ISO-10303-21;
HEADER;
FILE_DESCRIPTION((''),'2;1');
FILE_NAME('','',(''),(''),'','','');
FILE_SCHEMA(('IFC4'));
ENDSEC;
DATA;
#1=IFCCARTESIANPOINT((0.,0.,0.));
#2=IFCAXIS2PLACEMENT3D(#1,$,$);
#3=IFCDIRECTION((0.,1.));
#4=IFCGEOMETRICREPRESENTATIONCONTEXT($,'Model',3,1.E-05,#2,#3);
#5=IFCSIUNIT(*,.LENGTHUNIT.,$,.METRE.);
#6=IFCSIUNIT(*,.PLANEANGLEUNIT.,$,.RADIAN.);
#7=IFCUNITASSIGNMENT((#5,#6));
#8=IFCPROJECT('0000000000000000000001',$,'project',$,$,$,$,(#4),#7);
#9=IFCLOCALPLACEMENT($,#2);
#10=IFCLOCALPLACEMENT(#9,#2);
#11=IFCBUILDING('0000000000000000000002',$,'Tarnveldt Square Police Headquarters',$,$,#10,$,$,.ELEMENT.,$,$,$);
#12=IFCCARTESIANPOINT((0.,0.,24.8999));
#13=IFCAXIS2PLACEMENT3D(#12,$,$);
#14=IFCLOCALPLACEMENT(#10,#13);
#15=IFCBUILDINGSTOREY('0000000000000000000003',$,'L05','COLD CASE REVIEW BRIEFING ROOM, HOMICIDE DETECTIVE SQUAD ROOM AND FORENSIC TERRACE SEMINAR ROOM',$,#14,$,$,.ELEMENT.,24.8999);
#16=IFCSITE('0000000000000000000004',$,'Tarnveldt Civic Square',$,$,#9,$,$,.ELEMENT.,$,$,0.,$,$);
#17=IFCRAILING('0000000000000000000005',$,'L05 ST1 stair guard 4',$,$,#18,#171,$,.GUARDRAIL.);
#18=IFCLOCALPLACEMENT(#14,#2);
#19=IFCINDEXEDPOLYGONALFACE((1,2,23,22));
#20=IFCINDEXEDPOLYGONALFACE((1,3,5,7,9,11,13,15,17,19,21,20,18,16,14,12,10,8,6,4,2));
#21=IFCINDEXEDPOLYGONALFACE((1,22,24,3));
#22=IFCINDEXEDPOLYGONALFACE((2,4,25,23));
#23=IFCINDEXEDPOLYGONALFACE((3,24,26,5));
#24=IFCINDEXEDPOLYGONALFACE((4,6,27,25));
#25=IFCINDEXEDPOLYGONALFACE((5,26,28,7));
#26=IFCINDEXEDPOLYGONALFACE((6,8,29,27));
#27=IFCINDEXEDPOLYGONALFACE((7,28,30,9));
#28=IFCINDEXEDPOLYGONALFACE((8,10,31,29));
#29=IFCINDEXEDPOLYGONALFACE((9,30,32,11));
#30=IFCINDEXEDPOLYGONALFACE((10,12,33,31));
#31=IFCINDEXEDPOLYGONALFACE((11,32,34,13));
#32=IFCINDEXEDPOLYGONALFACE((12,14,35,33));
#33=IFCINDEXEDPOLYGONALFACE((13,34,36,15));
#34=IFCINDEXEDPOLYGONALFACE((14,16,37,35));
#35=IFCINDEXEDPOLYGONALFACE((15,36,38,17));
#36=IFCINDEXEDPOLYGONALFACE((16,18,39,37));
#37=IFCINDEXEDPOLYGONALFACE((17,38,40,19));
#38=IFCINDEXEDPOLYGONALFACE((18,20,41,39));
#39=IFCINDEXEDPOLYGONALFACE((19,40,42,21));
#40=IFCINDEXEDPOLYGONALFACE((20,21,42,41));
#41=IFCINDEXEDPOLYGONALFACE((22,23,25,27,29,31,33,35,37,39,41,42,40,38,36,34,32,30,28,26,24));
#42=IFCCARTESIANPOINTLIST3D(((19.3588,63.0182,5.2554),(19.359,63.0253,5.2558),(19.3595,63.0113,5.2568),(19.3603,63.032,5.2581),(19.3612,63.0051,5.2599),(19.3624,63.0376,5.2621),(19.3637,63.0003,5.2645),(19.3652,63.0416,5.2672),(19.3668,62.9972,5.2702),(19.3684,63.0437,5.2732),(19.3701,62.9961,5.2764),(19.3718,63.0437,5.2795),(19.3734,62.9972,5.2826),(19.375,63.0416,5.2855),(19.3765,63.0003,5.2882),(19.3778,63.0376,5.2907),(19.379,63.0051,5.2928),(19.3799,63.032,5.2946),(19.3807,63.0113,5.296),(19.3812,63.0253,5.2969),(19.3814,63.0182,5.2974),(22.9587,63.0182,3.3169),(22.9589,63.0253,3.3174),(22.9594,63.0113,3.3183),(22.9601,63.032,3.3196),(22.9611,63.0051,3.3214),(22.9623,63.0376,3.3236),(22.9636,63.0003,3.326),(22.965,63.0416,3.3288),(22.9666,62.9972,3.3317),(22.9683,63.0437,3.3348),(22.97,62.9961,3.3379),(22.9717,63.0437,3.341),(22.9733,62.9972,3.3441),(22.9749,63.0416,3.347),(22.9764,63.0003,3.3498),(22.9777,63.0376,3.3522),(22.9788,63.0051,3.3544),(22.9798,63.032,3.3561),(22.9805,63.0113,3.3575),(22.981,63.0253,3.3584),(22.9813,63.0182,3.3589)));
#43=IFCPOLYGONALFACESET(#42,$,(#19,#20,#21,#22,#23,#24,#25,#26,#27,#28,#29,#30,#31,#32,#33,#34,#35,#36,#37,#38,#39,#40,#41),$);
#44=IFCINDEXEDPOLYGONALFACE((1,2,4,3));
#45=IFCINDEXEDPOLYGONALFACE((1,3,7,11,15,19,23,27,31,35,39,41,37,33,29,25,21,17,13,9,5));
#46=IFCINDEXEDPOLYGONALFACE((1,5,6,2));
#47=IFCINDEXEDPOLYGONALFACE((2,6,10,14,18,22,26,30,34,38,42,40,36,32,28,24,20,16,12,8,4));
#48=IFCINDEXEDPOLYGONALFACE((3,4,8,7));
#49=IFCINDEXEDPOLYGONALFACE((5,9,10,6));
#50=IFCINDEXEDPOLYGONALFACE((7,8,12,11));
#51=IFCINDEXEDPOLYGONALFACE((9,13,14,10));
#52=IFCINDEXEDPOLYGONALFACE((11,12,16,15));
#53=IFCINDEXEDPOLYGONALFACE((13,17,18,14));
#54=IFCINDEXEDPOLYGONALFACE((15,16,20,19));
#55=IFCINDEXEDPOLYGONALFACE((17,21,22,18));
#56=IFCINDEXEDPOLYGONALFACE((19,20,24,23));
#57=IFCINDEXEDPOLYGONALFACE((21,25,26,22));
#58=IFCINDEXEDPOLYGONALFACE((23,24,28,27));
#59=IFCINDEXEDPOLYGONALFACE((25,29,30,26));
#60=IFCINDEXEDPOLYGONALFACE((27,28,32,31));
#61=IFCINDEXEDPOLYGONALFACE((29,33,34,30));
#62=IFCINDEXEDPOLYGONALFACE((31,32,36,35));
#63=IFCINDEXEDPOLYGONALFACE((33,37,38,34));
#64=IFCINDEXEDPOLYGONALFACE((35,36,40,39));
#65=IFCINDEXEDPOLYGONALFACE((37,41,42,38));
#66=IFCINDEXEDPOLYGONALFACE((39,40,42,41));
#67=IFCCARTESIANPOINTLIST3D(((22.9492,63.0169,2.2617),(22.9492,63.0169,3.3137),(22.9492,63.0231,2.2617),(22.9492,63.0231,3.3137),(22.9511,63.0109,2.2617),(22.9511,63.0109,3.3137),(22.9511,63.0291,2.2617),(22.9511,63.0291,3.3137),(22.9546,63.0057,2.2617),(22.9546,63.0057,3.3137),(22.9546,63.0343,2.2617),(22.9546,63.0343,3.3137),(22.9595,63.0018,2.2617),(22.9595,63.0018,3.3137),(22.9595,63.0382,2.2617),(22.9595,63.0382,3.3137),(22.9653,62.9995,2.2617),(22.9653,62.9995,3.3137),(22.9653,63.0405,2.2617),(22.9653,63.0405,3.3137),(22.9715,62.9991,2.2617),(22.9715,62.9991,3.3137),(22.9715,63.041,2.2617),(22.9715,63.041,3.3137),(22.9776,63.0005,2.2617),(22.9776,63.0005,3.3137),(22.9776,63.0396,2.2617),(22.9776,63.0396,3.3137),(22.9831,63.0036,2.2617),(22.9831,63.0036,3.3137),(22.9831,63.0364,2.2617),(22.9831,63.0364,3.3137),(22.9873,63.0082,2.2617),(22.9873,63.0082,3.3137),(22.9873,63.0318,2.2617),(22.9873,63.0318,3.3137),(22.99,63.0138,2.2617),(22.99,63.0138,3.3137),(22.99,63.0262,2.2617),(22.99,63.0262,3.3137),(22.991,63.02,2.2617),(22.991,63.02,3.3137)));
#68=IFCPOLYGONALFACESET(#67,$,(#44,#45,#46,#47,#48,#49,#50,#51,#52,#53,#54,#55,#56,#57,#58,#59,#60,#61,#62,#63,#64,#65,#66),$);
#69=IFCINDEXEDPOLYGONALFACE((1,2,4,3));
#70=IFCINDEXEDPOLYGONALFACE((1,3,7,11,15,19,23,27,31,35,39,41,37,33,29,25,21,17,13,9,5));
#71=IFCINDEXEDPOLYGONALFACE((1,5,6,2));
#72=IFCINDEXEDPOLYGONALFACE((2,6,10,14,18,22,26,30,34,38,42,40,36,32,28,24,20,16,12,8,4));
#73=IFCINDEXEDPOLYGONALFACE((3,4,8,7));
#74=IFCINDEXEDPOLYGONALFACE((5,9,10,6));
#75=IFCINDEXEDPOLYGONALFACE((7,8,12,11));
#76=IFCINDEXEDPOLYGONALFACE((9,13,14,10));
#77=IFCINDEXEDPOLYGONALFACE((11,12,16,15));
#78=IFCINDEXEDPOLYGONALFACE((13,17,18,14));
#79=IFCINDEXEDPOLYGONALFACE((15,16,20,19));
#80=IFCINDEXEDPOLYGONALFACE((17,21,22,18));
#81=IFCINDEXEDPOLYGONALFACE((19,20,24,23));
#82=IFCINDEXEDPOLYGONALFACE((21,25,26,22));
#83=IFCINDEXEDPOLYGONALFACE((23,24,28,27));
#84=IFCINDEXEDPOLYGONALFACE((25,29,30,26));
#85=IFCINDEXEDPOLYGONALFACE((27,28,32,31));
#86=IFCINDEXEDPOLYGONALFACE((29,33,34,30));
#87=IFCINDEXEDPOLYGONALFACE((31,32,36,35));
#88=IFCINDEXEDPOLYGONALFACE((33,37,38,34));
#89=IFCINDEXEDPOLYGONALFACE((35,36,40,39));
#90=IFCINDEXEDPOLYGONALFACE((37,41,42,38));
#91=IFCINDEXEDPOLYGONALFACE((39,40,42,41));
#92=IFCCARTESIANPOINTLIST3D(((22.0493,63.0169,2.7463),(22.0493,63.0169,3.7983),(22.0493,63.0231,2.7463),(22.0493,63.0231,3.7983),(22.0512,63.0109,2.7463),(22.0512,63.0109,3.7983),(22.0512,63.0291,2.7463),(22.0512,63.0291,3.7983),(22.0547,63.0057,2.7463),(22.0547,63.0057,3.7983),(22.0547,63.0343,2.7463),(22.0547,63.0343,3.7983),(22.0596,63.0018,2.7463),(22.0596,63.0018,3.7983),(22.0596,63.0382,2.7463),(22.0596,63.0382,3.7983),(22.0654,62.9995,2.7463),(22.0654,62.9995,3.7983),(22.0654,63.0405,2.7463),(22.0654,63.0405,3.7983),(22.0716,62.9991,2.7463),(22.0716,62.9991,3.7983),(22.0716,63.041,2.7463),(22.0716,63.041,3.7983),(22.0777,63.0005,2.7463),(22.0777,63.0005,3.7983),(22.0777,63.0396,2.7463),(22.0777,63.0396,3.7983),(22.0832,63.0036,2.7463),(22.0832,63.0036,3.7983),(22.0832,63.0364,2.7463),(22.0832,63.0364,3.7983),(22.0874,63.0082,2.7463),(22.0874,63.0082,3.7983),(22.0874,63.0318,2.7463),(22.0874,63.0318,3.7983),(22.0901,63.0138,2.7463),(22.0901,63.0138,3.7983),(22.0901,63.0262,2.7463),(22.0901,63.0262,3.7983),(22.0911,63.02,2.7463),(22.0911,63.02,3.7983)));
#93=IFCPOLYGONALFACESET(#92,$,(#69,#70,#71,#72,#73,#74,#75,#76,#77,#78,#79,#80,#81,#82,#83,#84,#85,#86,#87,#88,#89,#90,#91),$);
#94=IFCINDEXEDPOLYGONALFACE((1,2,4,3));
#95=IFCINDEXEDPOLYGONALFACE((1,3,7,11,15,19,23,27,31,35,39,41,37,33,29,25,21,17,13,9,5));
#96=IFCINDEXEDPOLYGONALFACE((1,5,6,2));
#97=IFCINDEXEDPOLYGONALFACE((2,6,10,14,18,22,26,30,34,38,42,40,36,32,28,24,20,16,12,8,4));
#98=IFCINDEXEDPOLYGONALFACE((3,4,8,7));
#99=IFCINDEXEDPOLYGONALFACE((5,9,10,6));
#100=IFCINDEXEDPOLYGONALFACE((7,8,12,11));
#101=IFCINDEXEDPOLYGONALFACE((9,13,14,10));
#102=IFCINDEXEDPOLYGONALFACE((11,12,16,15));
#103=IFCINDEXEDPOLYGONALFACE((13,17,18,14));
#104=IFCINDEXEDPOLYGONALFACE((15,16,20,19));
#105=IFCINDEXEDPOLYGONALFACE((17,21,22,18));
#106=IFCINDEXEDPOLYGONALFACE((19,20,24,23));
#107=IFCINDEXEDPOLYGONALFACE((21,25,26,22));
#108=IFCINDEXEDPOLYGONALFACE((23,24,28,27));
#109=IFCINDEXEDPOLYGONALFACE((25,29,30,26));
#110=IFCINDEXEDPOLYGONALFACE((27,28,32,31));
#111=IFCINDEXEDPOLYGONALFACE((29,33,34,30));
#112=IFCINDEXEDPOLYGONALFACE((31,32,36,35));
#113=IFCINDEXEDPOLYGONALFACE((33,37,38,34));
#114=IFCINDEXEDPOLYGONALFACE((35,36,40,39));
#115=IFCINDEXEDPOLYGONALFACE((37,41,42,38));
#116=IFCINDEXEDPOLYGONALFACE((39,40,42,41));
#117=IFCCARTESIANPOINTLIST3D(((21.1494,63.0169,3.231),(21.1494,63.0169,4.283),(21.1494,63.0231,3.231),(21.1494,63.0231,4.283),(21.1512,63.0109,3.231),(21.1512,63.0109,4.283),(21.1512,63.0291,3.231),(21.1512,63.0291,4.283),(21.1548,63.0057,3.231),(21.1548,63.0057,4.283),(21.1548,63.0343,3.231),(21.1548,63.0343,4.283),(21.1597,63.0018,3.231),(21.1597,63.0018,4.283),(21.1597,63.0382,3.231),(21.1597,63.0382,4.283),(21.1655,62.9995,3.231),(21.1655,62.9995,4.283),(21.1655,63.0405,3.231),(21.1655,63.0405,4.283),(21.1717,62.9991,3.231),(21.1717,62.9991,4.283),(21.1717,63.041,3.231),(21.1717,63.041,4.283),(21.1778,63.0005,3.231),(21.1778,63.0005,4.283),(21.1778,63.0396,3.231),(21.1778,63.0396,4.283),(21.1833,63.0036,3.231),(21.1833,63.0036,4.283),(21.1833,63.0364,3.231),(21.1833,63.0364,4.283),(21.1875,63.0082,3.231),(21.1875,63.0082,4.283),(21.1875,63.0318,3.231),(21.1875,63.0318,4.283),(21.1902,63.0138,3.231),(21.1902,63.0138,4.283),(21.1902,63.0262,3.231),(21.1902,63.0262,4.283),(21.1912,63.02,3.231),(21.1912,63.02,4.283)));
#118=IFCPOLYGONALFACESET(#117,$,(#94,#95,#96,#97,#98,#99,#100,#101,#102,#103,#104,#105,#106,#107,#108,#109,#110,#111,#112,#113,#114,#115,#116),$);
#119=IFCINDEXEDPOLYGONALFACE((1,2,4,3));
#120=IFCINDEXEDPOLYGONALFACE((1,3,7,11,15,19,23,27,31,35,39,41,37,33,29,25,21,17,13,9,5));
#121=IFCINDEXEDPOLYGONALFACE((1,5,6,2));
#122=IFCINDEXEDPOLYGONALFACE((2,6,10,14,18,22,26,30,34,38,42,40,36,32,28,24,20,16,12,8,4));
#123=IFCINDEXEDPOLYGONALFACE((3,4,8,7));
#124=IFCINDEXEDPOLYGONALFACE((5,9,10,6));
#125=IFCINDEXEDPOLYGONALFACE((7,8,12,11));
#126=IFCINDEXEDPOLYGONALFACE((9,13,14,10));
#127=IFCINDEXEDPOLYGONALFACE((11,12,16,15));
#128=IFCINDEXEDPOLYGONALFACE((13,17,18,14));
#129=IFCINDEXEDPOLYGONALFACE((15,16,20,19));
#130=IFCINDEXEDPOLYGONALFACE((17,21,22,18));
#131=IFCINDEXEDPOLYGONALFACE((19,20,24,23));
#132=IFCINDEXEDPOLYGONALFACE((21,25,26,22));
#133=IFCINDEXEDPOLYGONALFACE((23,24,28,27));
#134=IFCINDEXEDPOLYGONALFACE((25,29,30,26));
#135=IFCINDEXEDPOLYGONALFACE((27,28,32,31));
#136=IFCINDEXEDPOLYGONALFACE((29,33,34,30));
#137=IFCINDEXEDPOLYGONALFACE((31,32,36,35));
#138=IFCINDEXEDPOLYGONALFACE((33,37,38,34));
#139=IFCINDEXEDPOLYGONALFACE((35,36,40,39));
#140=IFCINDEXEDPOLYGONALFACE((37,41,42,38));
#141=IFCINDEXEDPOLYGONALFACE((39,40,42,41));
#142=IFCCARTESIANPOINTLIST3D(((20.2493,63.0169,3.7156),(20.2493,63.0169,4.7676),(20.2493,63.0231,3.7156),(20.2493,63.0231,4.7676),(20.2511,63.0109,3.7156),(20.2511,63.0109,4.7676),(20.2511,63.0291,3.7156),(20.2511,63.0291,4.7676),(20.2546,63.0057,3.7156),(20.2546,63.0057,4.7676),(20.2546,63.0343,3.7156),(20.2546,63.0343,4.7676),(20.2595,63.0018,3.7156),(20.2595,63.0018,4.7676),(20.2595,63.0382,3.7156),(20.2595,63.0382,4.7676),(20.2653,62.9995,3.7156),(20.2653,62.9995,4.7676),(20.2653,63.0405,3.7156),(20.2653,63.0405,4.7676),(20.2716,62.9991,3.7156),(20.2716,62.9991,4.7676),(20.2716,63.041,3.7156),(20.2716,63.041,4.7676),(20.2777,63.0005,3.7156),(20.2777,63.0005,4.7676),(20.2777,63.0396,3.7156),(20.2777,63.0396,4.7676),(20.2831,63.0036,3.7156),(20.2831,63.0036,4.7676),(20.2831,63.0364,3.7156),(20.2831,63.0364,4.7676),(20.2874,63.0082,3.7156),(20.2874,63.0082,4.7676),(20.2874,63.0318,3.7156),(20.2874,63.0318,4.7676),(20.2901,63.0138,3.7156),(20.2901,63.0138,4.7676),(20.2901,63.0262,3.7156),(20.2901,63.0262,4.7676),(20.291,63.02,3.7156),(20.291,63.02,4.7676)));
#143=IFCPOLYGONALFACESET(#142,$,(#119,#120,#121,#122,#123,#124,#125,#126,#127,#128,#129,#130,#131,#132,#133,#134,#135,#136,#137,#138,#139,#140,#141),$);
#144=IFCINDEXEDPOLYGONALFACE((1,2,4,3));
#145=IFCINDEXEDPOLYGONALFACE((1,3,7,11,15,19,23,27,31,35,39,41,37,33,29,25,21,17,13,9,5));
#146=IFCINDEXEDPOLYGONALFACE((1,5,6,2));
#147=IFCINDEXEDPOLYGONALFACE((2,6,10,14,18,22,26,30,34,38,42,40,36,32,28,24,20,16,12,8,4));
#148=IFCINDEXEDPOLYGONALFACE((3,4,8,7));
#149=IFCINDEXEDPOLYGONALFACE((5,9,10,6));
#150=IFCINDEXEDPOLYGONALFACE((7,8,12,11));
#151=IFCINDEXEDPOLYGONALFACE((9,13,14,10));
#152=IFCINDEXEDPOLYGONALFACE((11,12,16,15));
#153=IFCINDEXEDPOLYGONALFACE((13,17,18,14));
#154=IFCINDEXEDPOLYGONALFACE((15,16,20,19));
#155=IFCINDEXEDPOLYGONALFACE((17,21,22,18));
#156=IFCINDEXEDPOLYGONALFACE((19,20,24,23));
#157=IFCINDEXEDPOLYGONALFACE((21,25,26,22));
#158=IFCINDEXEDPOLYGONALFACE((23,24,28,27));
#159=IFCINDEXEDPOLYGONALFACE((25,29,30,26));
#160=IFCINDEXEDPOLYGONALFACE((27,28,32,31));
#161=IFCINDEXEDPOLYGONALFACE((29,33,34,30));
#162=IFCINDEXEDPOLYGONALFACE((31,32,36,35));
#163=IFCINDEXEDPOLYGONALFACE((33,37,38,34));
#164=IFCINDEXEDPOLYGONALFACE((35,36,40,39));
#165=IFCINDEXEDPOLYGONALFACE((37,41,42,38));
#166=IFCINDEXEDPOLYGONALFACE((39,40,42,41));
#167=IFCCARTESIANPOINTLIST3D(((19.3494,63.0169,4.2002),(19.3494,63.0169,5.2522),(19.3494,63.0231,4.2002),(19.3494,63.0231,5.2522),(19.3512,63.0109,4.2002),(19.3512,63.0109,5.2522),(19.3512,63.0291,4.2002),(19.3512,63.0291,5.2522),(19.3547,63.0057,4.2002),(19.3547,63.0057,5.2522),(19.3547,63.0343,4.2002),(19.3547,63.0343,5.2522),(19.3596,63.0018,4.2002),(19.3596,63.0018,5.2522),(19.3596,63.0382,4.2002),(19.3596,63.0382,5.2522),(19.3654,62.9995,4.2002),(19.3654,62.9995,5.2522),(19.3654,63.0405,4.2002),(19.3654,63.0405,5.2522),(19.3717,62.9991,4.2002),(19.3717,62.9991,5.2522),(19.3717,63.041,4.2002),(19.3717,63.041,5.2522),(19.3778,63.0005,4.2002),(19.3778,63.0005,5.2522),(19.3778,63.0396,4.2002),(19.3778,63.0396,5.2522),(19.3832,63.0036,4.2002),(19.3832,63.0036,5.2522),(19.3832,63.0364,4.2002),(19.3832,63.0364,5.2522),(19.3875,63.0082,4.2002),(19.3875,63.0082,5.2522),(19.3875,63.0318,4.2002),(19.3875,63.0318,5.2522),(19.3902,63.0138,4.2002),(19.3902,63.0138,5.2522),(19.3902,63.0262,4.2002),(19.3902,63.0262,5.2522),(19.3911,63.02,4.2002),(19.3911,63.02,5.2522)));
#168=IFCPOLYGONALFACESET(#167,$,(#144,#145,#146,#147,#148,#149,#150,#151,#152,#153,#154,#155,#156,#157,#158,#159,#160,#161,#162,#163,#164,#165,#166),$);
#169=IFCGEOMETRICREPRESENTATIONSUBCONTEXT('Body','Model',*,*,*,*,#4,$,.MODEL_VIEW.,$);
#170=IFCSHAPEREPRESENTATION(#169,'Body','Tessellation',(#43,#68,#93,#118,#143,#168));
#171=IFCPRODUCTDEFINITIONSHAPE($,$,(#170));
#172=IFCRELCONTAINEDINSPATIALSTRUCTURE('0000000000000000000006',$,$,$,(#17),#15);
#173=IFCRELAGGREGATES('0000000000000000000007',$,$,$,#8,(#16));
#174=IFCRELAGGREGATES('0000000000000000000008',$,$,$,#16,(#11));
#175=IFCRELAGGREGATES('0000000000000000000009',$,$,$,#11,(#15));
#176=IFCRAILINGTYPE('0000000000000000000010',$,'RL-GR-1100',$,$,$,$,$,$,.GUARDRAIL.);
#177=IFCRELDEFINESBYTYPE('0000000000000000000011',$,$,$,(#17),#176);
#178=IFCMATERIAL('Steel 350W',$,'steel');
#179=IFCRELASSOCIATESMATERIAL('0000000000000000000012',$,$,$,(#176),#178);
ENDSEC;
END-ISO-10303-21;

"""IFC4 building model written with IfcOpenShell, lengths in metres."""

from ifc_helpers import new_model, si_unit, direction, frame, origin, origin_2d, place, context, subcontext, project, spatial, circle, extrude, material, type_object, element, save


model = new_model("IFC4")

# Units and contexts
model_context = context("Model", 3, precision=1e-05, world=origin(), true_north=direction((0.0, 1.0)))
body_context = subcontext(model_context, "Body", "Model", "MODEL_VIEW")
ifc_project = project(units=[si_unit("LENGTHUNIT", "METRE"), si_unit("PLANEANGLEUNIT", "RADIAN")], contexts=[model_context])

# Site, building, storey
site_placement = place(None, origin())
site = spatial("IfcSite", under=ifc_project, at=site_placement, Name="Tarnveldt Civic Square", CompositionType="ELEMENT", RefElevation=0.0)
building_placement = place(site_placement, origin())
building = spatial("IfcBuilding", under=site, at=building_placement, Name="Tarnveldt Square Police Headquarters", CompositionType="ELEMENT")
storey_placement = place(building_placement, frame((0.0, 0.0, 24.8999)))
storey = spatial("IfcBuildingStorey", under=building, at=storey_placement, Name="L05", Description="COLD CASE REVIEW BRIEFING ROOM, HOMICIDE DETECTIVE SQUAD ROOM AND FORENSIC TERRACE SEMINAR ROOM", CompositionType="ELEMENT", Elevation=24.8999)

# Shared definitions
ifc_material_1 = material(Name="Steel 350W", Category="steel")

# Railing
railing_type_1 = type_object("IfcRailingType", Name="RL-GR-1100", PredefinedType="GUARDRAIL", material=ifc_material_1)
railing_1_placement = place(storey_placement, frame((22.97, 63.02, 2.2617)))
element("IfcRailing", 1, at=railing_1_placement, inside=storey, type_object=railing_type_1, Name="L05 ST1 stair guard 4", PredefinedType="GUARDRAIL", context=body_context, shape_type="SweptSolid", body=[
    extrude(circle(Radius=0.0239, at=origin_2d()), frame((0.0, 0.0, 1.0762), z_axis=(-0.880462, 0.0, 0.474118), x_axis=(0.0, -1.0, 0.0)), (0.0, 0.0, 1.0), 4.0886),
    extrude(circle(Radius=0.021, at=origin_2d()), origin(), (0.0, 0.0, 1.0), 1.052),
    extrude(circle(Radius=0.021, at=origin_2d()), frame((-0.8999, 0.0, 0.4846)), (0.0, 0.0, 1.0), 1.052),
    extrude(circle(Radius=0.021, at=origin_2d()), frame((-1.7998, 0.0, 0.9692)), (0.0, 0.0, 1.0), 1.052),
    extrude(circle(Radius=0.021, at=origin_2d()), frame((-2.7, 0.0, 1.4539)), (0.0, 0.0, 1.0), 1.052),
    extrude(circle(Radius=0.021, at=origin_2d()), frame((-3.5999, 0.0, 1.9385)), (0.0, 0.0, 1.0), 1.052),
])

save(model, "model.ifc")
